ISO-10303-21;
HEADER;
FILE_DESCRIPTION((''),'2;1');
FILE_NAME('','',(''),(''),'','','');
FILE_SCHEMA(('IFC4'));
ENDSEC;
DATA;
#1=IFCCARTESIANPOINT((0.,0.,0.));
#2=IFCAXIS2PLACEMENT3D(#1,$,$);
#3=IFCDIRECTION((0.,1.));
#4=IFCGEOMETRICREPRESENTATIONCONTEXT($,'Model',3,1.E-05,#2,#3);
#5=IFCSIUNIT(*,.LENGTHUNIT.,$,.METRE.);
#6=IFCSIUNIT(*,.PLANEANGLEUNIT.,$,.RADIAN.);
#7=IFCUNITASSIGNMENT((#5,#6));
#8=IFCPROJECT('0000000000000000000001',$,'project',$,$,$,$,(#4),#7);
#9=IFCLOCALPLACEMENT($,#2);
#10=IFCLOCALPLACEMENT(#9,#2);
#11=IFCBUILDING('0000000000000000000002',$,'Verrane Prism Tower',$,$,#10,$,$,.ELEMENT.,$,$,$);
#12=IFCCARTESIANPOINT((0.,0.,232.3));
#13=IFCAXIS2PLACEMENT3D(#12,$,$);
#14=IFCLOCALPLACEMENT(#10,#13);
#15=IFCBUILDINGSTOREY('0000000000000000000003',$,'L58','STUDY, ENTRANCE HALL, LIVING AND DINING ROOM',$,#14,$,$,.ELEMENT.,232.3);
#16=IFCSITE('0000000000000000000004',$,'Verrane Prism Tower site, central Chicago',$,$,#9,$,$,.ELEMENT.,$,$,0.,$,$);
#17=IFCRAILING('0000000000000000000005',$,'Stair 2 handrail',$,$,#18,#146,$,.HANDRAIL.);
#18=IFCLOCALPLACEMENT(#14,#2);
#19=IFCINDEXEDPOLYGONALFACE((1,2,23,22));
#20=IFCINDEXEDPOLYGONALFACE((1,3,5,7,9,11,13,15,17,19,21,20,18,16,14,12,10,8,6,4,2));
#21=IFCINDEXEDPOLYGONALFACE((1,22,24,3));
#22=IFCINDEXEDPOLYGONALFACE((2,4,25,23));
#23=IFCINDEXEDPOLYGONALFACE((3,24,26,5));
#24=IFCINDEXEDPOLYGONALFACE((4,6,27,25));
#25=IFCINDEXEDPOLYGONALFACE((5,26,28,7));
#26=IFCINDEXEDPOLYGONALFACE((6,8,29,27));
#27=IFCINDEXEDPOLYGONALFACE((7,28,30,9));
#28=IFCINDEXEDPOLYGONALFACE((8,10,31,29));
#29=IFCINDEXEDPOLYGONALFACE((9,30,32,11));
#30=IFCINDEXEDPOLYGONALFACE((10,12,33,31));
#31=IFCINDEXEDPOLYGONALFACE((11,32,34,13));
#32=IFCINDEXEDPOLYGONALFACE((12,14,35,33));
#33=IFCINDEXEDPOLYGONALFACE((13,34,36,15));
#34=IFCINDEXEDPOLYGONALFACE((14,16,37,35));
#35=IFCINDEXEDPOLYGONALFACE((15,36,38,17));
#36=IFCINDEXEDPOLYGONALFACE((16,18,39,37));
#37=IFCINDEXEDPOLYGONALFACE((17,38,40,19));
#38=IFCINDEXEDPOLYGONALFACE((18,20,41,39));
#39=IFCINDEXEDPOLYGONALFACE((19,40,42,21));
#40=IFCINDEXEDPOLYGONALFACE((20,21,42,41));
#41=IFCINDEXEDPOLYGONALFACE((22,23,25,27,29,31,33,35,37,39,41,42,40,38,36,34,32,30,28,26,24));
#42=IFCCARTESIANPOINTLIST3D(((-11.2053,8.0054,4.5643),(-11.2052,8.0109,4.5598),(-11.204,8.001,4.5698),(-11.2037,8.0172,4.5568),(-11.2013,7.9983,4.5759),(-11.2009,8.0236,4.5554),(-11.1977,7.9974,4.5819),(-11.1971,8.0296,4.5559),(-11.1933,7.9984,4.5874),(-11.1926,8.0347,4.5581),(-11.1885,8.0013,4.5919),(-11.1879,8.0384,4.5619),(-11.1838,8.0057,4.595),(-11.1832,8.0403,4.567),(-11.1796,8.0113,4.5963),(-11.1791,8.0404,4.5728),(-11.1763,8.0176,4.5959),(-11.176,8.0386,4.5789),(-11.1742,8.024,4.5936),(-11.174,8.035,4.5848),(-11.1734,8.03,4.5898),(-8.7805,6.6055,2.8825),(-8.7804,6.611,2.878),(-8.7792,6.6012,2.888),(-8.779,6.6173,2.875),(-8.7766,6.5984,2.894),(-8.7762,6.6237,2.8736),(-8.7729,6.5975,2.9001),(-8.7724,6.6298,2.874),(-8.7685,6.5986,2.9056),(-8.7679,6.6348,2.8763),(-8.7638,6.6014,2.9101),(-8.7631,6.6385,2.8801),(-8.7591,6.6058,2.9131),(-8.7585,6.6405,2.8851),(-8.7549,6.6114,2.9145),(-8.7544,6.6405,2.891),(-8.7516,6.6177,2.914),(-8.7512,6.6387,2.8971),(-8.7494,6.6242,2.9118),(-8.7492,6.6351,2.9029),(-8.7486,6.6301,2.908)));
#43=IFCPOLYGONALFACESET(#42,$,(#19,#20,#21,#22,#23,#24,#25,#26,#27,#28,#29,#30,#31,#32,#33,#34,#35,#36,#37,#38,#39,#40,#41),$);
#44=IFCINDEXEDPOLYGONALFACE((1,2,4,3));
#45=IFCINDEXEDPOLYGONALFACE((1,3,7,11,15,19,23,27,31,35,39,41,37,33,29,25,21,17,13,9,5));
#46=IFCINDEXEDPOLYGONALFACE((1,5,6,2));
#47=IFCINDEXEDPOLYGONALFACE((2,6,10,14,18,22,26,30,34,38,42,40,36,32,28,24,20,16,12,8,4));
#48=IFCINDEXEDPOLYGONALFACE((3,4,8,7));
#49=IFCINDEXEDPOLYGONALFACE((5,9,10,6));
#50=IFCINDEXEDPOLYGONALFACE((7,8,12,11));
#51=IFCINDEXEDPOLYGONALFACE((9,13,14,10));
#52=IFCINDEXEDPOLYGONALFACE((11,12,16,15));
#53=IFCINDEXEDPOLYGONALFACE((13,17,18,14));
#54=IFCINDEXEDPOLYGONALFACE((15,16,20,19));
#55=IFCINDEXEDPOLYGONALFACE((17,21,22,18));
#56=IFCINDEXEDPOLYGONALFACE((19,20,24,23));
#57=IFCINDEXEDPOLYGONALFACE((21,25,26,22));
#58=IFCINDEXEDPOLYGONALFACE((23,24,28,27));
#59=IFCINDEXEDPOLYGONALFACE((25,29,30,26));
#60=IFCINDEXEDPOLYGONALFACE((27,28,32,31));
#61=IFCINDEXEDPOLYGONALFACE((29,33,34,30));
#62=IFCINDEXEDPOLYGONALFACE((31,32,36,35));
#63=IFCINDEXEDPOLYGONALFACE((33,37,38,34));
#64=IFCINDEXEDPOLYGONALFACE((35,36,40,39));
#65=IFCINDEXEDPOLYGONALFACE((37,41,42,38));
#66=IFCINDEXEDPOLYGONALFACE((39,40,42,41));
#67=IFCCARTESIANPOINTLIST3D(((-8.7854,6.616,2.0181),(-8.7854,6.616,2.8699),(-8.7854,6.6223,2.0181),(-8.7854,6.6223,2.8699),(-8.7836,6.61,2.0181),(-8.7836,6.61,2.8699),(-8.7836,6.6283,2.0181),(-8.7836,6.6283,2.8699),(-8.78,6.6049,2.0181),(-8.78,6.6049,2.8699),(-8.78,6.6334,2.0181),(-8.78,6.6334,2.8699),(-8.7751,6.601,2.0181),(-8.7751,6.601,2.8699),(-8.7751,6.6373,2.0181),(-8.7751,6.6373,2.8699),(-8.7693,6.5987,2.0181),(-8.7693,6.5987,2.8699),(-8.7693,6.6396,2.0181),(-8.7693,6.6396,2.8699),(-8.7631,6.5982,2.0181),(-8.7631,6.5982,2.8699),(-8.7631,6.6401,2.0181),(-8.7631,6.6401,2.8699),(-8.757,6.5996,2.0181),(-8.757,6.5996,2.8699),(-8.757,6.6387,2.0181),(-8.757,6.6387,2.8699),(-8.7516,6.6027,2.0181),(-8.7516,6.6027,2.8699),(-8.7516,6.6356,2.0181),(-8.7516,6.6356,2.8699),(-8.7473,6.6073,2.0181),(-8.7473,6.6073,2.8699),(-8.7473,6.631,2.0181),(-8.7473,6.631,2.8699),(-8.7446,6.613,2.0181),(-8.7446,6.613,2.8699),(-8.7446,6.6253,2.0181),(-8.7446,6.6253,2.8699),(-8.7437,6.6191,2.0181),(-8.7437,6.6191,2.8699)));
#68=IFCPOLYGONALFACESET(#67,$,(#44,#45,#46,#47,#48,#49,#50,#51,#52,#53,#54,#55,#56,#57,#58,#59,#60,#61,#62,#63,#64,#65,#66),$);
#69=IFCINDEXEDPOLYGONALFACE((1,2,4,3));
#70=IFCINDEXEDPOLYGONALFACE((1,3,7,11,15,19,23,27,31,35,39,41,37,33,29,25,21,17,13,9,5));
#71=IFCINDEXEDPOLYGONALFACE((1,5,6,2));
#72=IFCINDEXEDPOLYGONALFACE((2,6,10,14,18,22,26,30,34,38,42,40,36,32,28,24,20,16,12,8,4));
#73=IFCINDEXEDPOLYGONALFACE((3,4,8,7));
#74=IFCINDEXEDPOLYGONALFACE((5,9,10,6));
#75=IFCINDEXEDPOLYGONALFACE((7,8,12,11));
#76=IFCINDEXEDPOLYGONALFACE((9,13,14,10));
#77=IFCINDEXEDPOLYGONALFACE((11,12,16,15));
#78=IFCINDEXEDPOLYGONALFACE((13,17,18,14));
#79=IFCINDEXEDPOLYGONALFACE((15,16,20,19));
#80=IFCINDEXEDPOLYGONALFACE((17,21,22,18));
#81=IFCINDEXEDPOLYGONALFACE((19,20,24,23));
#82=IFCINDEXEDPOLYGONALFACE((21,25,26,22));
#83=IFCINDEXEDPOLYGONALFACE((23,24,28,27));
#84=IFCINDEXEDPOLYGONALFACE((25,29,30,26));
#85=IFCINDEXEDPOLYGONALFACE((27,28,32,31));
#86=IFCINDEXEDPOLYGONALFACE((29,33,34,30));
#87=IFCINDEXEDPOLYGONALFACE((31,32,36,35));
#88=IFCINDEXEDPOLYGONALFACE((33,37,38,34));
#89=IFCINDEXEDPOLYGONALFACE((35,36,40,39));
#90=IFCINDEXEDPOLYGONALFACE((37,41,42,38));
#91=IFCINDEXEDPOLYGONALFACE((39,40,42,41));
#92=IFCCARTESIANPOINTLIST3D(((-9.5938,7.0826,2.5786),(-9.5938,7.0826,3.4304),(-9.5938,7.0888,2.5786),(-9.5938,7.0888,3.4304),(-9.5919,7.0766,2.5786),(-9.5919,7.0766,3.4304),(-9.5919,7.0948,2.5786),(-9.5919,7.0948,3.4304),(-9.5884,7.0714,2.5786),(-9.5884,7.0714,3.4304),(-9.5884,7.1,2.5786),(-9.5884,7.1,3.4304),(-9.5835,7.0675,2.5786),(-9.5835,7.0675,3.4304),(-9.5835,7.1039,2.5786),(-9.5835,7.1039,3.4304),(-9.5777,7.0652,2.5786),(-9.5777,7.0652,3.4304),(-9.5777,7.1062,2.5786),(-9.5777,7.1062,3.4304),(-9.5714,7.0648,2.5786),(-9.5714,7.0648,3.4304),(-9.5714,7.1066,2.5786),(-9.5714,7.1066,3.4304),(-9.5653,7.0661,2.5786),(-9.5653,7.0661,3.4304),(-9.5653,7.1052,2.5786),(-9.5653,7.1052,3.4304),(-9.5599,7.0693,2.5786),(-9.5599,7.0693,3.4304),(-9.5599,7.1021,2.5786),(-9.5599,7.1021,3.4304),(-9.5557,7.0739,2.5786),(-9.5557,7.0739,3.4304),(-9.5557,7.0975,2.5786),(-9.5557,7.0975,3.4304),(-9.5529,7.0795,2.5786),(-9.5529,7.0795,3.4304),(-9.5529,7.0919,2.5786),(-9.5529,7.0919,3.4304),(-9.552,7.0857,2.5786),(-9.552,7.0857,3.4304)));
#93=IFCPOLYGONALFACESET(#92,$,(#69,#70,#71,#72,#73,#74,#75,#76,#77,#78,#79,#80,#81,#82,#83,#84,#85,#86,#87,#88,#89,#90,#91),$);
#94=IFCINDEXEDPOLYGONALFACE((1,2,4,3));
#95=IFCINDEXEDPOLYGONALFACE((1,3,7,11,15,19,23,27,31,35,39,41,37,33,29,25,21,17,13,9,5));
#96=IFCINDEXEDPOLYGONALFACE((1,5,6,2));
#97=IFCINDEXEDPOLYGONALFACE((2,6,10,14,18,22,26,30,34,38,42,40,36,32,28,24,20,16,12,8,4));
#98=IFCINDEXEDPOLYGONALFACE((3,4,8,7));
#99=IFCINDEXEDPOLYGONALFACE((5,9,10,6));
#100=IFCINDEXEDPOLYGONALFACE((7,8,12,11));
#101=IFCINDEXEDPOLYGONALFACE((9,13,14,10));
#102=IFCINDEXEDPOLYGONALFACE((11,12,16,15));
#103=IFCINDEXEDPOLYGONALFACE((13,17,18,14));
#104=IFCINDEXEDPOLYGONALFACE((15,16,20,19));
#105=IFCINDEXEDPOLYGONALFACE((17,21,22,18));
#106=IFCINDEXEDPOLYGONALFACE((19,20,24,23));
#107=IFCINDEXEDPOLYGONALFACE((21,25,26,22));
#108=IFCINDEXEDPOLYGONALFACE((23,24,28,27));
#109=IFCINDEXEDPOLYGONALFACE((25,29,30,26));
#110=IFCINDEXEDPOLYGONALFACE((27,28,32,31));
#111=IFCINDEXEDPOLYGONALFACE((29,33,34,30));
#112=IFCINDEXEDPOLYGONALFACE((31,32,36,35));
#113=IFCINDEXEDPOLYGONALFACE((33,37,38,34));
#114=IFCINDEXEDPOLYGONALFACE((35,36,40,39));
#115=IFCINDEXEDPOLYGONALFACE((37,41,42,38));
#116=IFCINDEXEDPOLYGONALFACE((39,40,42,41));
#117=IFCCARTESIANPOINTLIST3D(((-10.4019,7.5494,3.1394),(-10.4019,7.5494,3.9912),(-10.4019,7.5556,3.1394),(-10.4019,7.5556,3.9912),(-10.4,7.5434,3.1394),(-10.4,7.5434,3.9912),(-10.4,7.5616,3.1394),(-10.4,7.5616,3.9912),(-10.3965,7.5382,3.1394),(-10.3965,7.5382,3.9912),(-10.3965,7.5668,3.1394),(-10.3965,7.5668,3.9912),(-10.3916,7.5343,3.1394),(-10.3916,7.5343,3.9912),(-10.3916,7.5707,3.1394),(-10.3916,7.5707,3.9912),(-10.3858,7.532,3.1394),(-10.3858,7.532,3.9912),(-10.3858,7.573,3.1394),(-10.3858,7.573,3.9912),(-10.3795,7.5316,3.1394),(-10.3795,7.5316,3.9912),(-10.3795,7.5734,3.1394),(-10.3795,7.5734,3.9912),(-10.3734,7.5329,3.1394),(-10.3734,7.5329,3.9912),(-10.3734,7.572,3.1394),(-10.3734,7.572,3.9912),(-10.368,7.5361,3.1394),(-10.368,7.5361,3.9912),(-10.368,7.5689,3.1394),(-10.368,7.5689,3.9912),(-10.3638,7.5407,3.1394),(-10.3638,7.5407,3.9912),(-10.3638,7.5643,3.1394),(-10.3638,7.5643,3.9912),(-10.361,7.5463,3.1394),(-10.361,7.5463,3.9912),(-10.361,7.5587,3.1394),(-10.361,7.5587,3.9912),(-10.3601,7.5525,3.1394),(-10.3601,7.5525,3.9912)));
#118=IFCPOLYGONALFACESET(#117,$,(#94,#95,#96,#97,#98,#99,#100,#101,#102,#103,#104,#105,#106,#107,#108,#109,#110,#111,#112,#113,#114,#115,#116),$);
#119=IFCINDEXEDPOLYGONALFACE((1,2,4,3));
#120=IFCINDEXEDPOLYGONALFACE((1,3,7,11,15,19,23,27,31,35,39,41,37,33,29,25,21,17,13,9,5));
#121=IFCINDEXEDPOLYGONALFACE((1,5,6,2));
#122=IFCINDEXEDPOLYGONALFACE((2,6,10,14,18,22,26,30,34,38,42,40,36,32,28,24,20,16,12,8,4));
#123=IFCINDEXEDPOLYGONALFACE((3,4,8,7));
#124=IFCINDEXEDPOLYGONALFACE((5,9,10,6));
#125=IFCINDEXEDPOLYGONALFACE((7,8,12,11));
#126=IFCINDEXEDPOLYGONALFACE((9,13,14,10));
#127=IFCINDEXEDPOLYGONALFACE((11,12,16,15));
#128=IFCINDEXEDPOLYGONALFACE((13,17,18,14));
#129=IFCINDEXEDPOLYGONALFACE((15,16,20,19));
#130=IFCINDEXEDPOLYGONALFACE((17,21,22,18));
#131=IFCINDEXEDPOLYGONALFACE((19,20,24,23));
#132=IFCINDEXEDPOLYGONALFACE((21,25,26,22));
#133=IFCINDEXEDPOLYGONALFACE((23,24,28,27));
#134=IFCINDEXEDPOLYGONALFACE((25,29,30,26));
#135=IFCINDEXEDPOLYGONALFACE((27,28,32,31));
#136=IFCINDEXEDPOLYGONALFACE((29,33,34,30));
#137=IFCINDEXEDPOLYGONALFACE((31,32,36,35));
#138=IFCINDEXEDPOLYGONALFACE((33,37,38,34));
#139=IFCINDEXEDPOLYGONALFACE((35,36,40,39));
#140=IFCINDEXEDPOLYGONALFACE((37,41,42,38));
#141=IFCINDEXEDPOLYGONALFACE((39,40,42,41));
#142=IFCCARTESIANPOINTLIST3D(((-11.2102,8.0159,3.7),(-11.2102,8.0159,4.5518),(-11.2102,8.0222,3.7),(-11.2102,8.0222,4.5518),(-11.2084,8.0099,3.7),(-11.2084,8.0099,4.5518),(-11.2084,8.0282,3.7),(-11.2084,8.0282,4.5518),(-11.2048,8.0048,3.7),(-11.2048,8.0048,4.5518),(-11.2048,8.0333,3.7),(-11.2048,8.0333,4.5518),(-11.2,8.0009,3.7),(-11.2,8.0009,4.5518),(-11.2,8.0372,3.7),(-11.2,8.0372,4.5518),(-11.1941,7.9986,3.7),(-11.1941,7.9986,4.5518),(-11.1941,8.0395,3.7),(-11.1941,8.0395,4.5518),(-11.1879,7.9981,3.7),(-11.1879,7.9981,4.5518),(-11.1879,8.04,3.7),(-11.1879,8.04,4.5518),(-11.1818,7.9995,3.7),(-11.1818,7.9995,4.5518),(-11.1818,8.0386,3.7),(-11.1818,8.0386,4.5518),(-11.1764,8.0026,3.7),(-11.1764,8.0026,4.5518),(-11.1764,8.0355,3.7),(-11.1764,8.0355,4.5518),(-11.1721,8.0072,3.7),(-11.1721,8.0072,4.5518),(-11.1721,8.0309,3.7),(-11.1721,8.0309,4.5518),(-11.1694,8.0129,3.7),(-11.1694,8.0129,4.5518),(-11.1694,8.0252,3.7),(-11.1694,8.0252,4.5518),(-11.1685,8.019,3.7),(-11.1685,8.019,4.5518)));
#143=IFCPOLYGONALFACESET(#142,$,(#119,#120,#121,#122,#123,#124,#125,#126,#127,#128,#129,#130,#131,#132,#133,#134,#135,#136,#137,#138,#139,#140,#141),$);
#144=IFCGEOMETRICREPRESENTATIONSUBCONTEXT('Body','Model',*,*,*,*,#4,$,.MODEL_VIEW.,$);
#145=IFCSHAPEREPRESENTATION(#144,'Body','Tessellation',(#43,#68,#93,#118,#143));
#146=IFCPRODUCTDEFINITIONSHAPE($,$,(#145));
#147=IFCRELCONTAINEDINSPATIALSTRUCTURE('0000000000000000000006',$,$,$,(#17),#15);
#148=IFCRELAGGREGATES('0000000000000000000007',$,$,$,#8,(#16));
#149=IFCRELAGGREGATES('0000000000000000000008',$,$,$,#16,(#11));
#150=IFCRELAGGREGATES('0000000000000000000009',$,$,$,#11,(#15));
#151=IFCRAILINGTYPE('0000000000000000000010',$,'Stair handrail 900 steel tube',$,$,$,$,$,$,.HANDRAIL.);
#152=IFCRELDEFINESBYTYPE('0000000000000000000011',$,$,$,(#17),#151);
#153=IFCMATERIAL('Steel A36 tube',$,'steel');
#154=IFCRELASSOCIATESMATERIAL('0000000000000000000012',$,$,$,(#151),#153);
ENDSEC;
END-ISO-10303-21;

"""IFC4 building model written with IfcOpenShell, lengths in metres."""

from ifc_helpers import new_model, si_unit, direction, frame, origin, origin_2d, place, context, subcontext, project, spatial, circle, extrude, material, type_object, element, save


model = new_model("IFC4")

# Units and contexts
model_context = context("Model", 3, precision=1e-05, world=origin(), true_north=direction((0.0, 1.0)))
body_context = subcontext(model_context, "Body", "Model", "MODEL_VIEW")
ifc_project = project(units=[si_unit("LENGTHUNIT", "METRE"), si_unit("PLANEANGLEUNIT", "RADIAN")], contexts=[model_context])

# Site, building, storey
site_placement = place(None, origin())
site = spatial("IfcSite", under=ifc_project, at=site_placement, Name="Verrane Prism Tower site, central Chicago", CompositionType="ELEMENT", RefElevation=0.0)
building_placement = place(site_placement, origin())
building = spatial("IfcBuilding", under=site, at=building_placement, Name="Verrane Prism Tower", CompositionType="ELEMENT")
storey_placement = place(building_placement, frame((0.0, 0.0, 232.3)))
storey = spatial("IfcBuildingStorey", under=building, at=storey_placement, Name="L58", Description="STUDY, ENTRANCE HALL, LIVING AND DINING ROOM", CompositionType="ELEMENT", Elevation=232.3)

# Railing
ifc_material_1 = material(Name="Steel A36 tube", Category="steel")
railing_type_1 = type_object("IfcRailingType", Name="Stair handrail 900 steel tube", PredefinedType="HANDRAIL", material=ifc_material_1)
railing_1_placement = place(storey_placement, frame((-8.7646, 6.6191, 2.0181)))
element("IfcRailing", 1, at=railing_1_placement, inside=storey, type_object=railing_type_1, Name="Stair 2 handrail", PredefinedType="HANDRAIL", context=body_context, shape_type="SweptSolid", body=[
    extrude(circle(Radius=0.0239, at=origin_2d()), frame((0.0, 0.0, 0.876), z_axis=(-0.74239, 0.428601, 0.514934), x_axis=(-0.499984, -0.866035, 0.0)), (0.0, 0.0, 1.0), 3.2661),
    extrude(circle(Radius=0.021, at=origin_2d()), origin(), (0.0, 0.0, 1.0), 0.8518),
    extrude(circle(Radius=0.021, at=origin_2d()), frame((-0.8083, 0.4666, 0.5605)), (0.0, 0.0, 1.0), 0.8518),
    extrude(circle(Radius=0.021, at=origin_2d()), frame((-1.6165, 0.9333, 1.1213)), (0.0, 0.0, 1.0), 0.8518),
    extrude(circle(Radius=0.021, at=origin_2d()), frame((-2.4248, 1.3999, 1.6819)), (0.0, 0.0, 1.0), 0.8518),
])

save(model, "model.ifc")
